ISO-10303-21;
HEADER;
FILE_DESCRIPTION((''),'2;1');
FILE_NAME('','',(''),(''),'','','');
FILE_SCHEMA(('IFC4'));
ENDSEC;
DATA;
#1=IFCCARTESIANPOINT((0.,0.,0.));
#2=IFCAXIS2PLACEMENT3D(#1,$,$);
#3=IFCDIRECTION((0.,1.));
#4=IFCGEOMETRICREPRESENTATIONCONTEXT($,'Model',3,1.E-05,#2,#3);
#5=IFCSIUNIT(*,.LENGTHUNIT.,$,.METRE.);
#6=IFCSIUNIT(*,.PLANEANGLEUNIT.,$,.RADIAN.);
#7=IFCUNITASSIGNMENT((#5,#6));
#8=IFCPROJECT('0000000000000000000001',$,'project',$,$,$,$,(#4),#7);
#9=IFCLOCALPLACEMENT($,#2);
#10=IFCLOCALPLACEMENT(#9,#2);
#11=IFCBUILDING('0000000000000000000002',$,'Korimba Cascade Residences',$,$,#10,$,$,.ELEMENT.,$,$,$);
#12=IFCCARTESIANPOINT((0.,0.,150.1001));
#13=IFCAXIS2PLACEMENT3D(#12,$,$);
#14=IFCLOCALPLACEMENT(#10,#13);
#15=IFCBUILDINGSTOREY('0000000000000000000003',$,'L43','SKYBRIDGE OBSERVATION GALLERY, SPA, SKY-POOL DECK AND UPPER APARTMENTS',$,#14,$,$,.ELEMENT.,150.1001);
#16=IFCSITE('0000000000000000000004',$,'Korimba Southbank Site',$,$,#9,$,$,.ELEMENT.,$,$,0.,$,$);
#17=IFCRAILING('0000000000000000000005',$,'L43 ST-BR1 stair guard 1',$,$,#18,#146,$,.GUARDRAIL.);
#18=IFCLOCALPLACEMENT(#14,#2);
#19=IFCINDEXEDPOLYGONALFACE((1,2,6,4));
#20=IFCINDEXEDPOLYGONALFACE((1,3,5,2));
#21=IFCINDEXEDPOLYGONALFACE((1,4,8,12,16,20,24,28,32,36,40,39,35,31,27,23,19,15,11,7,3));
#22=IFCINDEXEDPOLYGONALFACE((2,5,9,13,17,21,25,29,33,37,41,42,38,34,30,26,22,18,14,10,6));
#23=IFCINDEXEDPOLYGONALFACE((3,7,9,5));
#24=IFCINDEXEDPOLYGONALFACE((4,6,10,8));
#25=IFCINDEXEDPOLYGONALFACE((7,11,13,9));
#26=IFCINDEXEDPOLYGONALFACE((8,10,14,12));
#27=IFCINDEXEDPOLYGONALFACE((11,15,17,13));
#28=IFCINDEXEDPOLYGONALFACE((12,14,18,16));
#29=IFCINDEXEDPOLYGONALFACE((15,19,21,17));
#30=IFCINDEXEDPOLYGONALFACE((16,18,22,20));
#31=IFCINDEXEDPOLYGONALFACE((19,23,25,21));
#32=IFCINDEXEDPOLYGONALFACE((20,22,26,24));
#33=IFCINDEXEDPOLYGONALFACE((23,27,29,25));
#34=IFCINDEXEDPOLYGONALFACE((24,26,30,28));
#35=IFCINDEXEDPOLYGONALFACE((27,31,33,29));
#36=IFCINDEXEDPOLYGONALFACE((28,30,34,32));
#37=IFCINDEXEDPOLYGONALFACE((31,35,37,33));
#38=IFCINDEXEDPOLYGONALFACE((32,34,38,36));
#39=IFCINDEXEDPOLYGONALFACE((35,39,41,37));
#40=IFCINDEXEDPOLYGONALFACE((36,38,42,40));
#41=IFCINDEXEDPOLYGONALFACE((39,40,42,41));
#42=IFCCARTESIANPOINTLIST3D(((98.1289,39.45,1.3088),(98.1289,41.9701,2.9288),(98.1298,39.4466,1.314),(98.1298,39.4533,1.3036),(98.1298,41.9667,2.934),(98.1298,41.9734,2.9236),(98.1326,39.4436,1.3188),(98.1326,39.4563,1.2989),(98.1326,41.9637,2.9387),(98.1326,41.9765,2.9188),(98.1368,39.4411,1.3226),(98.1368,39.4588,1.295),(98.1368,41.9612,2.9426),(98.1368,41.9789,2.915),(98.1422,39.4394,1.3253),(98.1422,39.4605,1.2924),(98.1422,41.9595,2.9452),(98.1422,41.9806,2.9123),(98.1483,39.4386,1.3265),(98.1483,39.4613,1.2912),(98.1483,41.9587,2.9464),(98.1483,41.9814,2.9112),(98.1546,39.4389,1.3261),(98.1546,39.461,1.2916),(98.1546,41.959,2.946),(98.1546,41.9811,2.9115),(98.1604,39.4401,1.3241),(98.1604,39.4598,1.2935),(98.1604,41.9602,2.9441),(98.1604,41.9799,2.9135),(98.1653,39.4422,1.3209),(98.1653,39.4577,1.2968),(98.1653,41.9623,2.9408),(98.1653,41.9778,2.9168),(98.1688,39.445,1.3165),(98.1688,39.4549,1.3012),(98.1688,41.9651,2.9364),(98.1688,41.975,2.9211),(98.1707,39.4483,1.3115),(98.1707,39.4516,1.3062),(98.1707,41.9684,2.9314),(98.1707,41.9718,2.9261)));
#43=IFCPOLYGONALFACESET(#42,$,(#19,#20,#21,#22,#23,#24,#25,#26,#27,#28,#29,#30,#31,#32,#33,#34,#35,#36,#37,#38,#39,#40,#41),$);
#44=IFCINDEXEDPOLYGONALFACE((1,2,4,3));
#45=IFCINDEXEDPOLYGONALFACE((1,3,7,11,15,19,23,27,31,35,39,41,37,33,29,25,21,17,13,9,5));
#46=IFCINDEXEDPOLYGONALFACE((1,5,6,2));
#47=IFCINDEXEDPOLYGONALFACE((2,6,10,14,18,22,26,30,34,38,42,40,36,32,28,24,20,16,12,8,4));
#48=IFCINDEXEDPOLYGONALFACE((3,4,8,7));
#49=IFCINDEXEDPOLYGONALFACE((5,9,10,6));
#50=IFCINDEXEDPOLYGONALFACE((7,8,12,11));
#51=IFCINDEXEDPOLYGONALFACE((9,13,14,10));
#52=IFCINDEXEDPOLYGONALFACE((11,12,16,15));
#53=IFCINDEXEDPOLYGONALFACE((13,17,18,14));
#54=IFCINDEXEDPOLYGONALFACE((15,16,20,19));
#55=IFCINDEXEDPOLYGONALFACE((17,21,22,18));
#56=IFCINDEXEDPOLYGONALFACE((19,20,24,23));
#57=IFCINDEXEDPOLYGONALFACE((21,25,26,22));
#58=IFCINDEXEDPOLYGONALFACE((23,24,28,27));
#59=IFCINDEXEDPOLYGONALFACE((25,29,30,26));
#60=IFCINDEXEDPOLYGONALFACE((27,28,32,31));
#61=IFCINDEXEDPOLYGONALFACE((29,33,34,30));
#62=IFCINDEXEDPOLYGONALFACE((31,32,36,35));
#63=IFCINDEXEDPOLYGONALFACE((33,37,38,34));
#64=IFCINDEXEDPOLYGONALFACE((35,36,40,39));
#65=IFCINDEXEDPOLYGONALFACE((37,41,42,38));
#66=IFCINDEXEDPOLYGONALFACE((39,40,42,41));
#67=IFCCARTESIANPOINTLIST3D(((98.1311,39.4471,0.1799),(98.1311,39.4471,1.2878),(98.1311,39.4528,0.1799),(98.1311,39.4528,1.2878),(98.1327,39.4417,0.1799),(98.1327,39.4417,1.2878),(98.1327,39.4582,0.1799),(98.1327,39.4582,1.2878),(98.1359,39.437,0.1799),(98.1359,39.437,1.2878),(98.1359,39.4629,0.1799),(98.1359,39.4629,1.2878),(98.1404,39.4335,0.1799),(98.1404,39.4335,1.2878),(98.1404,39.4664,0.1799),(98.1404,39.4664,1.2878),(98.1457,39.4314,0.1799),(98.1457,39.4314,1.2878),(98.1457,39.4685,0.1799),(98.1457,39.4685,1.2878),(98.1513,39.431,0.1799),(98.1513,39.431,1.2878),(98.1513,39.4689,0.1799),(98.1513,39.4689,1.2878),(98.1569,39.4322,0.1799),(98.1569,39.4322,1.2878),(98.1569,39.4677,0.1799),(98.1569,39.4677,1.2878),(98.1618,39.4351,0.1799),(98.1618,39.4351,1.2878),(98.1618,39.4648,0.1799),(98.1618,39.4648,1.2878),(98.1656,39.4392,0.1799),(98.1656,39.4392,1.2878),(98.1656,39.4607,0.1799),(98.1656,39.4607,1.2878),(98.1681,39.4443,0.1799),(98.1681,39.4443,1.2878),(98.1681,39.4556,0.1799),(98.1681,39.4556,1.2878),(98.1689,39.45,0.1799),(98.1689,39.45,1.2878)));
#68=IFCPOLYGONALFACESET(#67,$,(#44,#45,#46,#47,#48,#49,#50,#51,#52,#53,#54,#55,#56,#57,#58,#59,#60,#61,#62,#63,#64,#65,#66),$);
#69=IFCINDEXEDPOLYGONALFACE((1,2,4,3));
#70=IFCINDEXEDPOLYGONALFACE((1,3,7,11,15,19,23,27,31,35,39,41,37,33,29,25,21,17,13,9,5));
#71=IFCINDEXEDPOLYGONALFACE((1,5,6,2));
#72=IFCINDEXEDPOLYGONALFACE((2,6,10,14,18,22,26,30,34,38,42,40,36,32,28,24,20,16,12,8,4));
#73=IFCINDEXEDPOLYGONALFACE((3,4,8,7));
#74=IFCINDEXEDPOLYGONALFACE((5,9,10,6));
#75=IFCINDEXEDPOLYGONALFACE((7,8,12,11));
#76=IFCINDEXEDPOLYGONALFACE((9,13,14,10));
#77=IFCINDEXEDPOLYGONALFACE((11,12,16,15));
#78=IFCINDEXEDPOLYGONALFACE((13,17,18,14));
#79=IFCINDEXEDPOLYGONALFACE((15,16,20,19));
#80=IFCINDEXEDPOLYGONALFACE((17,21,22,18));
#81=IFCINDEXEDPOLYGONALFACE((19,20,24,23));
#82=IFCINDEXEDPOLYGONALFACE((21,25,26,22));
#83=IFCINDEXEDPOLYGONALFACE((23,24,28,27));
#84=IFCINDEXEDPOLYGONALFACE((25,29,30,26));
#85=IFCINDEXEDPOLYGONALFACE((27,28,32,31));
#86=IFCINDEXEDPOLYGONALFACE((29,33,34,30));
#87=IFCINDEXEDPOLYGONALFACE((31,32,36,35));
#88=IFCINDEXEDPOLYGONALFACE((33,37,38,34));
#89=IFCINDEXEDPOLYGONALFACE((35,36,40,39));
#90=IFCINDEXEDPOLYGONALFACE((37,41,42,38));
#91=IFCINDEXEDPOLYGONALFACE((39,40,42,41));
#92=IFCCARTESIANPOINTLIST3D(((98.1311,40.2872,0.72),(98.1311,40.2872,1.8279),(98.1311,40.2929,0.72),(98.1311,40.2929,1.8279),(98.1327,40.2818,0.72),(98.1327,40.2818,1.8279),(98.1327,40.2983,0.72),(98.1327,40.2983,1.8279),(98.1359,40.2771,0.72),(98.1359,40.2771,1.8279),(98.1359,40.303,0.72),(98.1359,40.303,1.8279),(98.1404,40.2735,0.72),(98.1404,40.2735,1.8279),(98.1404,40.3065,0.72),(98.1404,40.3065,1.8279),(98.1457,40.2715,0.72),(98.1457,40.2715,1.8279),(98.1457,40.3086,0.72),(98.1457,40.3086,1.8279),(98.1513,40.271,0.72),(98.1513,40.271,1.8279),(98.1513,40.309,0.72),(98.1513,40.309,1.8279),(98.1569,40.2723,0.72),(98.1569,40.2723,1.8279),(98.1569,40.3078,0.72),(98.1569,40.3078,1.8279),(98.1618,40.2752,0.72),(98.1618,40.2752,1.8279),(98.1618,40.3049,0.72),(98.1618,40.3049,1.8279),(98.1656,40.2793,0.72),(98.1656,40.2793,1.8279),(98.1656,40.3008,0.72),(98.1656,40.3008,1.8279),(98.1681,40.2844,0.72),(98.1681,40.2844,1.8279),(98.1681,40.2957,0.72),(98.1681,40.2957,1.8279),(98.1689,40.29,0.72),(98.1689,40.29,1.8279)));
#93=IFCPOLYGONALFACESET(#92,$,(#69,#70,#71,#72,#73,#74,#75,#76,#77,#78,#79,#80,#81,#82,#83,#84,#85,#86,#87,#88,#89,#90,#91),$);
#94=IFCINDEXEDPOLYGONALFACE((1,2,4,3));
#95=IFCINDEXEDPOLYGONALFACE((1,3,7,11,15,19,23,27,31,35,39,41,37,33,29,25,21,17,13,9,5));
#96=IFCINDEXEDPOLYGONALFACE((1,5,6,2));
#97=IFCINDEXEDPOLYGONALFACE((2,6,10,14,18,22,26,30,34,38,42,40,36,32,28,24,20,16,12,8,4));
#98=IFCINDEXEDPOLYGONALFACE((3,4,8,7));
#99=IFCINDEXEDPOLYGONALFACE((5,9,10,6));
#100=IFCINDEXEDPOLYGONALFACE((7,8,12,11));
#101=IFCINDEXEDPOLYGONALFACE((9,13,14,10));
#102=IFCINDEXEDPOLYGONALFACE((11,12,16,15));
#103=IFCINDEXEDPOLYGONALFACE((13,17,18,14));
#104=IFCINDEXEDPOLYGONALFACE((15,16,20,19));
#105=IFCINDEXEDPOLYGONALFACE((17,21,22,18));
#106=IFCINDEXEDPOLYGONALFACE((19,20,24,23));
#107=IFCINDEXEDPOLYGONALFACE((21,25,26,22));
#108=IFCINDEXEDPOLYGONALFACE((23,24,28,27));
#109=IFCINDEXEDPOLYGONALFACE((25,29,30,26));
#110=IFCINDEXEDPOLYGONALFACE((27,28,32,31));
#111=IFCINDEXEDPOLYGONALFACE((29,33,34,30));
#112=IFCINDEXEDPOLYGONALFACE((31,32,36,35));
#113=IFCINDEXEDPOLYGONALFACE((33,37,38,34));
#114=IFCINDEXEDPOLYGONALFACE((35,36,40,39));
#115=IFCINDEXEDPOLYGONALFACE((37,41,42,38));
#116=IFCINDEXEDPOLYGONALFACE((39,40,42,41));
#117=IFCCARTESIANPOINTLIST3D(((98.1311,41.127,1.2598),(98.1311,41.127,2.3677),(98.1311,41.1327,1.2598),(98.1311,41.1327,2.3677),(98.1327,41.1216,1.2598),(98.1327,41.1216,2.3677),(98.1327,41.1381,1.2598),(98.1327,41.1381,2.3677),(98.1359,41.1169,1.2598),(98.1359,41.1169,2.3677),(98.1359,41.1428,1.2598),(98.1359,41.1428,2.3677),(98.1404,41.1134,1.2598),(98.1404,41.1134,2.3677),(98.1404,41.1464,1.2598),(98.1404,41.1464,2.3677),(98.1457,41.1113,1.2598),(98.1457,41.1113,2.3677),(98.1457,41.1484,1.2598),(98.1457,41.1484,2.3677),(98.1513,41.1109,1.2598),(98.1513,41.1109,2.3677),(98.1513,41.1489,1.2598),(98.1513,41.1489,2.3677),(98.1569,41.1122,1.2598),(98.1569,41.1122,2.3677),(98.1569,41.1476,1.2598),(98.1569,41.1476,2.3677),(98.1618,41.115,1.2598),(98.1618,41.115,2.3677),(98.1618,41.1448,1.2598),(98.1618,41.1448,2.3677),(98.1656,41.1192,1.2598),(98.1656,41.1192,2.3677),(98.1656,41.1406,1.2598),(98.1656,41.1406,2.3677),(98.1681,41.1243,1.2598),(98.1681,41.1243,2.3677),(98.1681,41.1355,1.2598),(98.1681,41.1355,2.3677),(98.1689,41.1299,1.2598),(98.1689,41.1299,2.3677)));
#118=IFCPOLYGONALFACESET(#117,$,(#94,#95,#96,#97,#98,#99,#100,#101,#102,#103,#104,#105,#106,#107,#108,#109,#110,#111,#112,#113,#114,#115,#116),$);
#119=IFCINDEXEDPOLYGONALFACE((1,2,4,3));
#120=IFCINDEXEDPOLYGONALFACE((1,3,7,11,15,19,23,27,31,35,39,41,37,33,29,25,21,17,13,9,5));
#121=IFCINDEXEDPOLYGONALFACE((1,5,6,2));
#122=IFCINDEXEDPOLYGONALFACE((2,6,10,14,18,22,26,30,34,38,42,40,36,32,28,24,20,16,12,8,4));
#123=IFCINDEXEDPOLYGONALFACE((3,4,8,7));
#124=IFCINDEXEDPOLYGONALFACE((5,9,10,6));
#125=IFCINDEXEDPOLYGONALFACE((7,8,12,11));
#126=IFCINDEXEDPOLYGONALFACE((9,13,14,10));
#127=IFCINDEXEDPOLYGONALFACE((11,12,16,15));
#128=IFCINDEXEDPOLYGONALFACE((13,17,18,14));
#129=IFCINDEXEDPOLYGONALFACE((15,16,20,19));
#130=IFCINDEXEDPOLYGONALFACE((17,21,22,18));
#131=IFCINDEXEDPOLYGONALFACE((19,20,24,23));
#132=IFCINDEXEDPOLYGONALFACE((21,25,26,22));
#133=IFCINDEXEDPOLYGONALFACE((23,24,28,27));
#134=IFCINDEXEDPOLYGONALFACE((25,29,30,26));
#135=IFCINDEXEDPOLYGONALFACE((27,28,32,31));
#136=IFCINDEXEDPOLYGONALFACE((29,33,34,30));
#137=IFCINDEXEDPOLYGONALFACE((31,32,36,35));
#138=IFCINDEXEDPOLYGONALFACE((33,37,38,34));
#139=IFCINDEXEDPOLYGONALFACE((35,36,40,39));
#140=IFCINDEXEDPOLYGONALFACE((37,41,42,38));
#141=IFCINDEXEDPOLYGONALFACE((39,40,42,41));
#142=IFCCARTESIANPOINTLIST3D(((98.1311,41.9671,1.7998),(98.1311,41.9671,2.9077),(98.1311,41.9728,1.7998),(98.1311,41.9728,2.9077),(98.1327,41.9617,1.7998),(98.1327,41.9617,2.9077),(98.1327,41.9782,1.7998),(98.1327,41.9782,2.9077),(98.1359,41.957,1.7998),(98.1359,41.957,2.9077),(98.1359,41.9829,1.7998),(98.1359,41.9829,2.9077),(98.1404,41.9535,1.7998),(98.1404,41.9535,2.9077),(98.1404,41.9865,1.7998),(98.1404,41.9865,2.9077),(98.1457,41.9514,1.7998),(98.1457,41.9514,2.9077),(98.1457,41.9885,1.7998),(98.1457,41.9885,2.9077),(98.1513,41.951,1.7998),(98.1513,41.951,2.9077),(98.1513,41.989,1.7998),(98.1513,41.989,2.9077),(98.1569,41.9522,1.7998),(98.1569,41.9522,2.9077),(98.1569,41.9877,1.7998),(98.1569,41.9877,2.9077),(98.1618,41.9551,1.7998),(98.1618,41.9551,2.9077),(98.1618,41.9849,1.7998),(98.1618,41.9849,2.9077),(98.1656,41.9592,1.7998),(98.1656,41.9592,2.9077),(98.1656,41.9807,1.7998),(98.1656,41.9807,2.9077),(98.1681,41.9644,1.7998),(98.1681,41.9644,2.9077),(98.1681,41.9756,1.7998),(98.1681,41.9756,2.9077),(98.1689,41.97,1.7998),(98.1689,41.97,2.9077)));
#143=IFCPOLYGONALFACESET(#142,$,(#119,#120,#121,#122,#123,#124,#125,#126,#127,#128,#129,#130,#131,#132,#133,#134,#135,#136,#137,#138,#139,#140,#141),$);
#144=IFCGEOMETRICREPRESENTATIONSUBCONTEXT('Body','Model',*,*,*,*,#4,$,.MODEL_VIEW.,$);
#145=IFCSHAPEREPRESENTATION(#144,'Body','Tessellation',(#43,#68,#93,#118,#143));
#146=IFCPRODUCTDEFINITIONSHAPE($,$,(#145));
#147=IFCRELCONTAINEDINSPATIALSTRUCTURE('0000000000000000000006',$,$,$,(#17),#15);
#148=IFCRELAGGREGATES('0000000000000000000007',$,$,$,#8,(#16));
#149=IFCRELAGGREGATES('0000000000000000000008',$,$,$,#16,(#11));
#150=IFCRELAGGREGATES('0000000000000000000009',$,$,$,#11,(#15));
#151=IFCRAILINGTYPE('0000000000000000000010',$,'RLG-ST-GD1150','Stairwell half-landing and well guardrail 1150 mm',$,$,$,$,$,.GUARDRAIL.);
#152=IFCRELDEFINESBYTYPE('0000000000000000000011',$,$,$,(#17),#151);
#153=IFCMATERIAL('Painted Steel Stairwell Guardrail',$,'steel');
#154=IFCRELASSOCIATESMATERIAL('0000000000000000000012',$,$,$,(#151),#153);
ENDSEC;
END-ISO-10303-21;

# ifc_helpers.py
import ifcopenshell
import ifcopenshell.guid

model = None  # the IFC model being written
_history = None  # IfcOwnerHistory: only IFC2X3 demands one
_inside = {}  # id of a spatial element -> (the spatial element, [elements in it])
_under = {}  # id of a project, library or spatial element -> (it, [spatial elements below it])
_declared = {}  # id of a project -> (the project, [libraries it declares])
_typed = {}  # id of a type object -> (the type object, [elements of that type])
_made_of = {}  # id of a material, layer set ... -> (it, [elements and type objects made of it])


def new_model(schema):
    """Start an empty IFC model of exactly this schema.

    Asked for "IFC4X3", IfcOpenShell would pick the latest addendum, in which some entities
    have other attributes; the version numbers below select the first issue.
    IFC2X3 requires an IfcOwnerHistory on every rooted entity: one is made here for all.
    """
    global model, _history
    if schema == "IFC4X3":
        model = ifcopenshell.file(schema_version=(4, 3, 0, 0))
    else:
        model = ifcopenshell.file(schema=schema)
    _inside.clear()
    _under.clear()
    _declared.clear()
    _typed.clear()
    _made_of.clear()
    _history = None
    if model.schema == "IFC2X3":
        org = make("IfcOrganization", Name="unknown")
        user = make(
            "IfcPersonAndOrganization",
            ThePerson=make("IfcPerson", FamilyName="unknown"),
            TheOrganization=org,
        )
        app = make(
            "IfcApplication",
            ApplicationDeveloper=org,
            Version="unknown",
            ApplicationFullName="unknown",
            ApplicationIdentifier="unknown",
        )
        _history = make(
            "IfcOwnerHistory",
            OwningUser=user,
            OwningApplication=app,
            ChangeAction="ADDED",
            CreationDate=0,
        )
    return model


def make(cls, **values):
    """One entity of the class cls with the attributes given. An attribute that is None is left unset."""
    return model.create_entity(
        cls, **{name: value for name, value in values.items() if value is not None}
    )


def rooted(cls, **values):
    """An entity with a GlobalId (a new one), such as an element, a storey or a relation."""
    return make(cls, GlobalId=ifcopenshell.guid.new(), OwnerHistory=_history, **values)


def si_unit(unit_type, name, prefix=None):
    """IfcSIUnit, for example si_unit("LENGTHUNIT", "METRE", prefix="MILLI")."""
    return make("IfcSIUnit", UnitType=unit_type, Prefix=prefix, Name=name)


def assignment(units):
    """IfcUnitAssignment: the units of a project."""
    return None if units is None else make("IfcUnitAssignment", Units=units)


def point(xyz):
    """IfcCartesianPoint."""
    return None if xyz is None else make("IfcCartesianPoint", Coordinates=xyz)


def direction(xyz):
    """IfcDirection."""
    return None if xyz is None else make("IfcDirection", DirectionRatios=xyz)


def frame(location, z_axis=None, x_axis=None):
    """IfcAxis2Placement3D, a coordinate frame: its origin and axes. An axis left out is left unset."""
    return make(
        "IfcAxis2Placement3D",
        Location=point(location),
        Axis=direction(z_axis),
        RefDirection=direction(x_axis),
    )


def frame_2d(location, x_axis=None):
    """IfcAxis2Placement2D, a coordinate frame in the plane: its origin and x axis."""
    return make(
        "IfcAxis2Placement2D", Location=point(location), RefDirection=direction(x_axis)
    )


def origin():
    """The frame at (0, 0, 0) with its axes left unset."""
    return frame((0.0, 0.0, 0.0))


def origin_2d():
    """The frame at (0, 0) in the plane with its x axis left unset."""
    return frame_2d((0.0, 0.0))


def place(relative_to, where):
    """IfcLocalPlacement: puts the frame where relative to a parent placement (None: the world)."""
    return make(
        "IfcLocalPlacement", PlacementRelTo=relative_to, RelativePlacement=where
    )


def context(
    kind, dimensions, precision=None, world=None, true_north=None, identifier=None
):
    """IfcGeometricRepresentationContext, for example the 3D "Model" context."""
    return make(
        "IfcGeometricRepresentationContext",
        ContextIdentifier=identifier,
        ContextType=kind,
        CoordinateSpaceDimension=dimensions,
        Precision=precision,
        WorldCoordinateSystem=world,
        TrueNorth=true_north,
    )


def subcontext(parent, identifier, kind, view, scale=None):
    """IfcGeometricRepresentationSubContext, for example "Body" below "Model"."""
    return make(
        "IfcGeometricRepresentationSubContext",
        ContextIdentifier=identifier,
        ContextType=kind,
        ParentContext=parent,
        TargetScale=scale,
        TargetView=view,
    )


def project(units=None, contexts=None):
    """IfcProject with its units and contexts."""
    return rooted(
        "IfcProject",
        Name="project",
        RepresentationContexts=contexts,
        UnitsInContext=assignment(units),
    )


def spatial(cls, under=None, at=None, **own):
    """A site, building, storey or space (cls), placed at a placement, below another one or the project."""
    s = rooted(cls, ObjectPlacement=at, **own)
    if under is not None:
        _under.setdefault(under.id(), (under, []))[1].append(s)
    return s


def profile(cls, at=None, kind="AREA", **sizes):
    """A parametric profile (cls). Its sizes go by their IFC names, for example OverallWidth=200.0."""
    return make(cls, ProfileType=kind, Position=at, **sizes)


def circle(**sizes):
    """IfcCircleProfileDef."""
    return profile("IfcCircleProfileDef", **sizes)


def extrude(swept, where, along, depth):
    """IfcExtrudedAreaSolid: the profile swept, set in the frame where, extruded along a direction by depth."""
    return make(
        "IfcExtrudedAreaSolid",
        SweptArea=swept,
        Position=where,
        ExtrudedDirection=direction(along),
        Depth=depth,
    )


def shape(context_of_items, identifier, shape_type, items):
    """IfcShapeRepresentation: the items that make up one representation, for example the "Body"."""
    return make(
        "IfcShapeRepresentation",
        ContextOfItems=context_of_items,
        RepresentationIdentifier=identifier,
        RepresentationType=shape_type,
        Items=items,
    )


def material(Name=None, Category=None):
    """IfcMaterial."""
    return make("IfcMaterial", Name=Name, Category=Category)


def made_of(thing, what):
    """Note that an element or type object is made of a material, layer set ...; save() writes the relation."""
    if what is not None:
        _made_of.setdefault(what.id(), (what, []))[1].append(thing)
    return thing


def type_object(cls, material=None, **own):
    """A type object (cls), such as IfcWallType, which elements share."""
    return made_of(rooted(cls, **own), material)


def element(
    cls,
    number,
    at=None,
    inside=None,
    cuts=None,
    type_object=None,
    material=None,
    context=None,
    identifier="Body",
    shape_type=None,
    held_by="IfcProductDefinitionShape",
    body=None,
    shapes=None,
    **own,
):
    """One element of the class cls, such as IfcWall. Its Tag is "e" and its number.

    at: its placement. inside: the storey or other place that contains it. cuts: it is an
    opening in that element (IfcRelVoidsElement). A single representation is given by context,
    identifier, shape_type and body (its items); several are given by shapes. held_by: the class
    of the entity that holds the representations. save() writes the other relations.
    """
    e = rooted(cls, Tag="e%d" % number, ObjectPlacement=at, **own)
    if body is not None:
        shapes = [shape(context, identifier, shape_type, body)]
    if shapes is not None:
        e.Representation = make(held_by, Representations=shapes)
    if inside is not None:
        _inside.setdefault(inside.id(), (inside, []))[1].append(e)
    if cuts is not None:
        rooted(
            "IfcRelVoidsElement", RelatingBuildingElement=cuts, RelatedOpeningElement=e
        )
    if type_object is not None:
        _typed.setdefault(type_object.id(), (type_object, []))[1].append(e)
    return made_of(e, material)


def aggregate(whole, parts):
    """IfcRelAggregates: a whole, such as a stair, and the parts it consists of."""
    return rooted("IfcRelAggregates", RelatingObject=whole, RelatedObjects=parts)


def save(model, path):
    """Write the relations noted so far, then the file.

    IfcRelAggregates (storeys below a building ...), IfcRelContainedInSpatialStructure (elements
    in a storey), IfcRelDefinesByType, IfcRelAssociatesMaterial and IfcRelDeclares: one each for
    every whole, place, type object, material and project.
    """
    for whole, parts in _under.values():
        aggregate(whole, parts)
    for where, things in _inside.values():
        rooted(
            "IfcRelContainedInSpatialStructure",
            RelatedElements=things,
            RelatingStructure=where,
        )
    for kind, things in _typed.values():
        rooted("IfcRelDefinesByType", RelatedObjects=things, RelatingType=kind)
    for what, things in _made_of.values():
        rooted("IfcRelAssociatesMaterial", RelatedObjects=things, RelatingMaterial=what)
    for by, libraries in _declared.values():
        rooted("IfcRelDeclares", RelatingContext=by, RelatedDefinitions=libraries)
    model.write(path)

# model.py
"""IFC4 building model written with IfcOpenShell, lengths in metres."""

from ifc_helpers import new_model, si_unit, direction, frame, origin, origin_2d, place, context, subcontext, project, spatial, circle, extrude, material, type_object, element, save


model = new_model("IFC4")

# Units and contexts
model_context = context("Model", 3, precision=1e-05, world=origin(), true_north=direction((0.0, 1.0)))
body_context = subcontext(model_context, "Body", "Model", "MODEL_VIEW")
ifc_project = project(units=[si_unit("LENGTHUNIT", "METRE"), si_unit("PLANEANGLEUNIT", "RADIAN")], contexts=[model_context])

# Site, building, storey
site_placement = place(None, origin())
site = spatial("IfcSite", under=ifc_project, at=site_placement, Name="Korimba Southbank Site", CompositionType="ELEMENT", RefElevation=0.0)
building_placement = place(site_placement, origin())
building = spatial("IfcBuilding", under=site, at=building_placement, Name="Korimba Cascade Residences", CompositionType="ELEMENT")
storey_placement = place(building_placement, frame((0.0, 0.0, 150.1001)))
storey = spatial("IfcBuildingStorey", under=building, at=storey_placement, Name="L43", Description="SKYBRIDGE OBSERVATION GALLERY, SPA, SKY-POOL DECK AND UPPER APARTMENTS", CompositionType="ELEMENT", Elevation=150.1001)

# Railing
ifc_material_1 = material(Name="Painted Steel Stairwell Guardrail", Category="steel")
railing_type_1 = type_object("IfcRailingType", Name="RLG-ST-GD1150", Description="Stairwell half-landing and well guardrail 1150 mm", PredefinedType="GUARDRAIL", material=ifc_material_1)
railing_1_placement = place(storey_placement, frame((98.1499, 39.45, 0.1799)))
element("IfcRailing", 1, at=railing_1_placement, inside=storey, type_object=railing_type_1, Name="L43 ST-BR1 stair guard 1", PredefinedType="GUARDRAIL", context=body_context, shape_type="SweptSolid", body=[
    extrude(circle(Radius=0.021, at=origin_2d()), frame((0.0, 0.0, 1.1289), z_axis=(0.0, 0.8412, 0.540725), x_axis=(-1.0, 0.0, 0.0)), (0.0, 0.0, 1.0), 2.9958),
    extrude(circle(Radius=0.019, at=origin_2d()), origin(), (0.0, 0.0, 1.0), 1.1079),
    extrude(circle(Radius=0.019, at=origin_2d()), frame((0.0, 0.8401, 0.54)), (0.0, 0.0, 1.0), 1.1079),
    extrude(circle(Radius=0.019, at=origin_2d()), frame((0.0, 1.6799, 1.0798)), (0.0, 0.0, 1.0), 1.1079),
    extrude(circle(Radius=0.019, at=origin_2d()), frame((0.0, 2.52, 1.6199)), (0.0, 0.0, 1.0), 1.1079),
])

save(model, "model.ifc")
